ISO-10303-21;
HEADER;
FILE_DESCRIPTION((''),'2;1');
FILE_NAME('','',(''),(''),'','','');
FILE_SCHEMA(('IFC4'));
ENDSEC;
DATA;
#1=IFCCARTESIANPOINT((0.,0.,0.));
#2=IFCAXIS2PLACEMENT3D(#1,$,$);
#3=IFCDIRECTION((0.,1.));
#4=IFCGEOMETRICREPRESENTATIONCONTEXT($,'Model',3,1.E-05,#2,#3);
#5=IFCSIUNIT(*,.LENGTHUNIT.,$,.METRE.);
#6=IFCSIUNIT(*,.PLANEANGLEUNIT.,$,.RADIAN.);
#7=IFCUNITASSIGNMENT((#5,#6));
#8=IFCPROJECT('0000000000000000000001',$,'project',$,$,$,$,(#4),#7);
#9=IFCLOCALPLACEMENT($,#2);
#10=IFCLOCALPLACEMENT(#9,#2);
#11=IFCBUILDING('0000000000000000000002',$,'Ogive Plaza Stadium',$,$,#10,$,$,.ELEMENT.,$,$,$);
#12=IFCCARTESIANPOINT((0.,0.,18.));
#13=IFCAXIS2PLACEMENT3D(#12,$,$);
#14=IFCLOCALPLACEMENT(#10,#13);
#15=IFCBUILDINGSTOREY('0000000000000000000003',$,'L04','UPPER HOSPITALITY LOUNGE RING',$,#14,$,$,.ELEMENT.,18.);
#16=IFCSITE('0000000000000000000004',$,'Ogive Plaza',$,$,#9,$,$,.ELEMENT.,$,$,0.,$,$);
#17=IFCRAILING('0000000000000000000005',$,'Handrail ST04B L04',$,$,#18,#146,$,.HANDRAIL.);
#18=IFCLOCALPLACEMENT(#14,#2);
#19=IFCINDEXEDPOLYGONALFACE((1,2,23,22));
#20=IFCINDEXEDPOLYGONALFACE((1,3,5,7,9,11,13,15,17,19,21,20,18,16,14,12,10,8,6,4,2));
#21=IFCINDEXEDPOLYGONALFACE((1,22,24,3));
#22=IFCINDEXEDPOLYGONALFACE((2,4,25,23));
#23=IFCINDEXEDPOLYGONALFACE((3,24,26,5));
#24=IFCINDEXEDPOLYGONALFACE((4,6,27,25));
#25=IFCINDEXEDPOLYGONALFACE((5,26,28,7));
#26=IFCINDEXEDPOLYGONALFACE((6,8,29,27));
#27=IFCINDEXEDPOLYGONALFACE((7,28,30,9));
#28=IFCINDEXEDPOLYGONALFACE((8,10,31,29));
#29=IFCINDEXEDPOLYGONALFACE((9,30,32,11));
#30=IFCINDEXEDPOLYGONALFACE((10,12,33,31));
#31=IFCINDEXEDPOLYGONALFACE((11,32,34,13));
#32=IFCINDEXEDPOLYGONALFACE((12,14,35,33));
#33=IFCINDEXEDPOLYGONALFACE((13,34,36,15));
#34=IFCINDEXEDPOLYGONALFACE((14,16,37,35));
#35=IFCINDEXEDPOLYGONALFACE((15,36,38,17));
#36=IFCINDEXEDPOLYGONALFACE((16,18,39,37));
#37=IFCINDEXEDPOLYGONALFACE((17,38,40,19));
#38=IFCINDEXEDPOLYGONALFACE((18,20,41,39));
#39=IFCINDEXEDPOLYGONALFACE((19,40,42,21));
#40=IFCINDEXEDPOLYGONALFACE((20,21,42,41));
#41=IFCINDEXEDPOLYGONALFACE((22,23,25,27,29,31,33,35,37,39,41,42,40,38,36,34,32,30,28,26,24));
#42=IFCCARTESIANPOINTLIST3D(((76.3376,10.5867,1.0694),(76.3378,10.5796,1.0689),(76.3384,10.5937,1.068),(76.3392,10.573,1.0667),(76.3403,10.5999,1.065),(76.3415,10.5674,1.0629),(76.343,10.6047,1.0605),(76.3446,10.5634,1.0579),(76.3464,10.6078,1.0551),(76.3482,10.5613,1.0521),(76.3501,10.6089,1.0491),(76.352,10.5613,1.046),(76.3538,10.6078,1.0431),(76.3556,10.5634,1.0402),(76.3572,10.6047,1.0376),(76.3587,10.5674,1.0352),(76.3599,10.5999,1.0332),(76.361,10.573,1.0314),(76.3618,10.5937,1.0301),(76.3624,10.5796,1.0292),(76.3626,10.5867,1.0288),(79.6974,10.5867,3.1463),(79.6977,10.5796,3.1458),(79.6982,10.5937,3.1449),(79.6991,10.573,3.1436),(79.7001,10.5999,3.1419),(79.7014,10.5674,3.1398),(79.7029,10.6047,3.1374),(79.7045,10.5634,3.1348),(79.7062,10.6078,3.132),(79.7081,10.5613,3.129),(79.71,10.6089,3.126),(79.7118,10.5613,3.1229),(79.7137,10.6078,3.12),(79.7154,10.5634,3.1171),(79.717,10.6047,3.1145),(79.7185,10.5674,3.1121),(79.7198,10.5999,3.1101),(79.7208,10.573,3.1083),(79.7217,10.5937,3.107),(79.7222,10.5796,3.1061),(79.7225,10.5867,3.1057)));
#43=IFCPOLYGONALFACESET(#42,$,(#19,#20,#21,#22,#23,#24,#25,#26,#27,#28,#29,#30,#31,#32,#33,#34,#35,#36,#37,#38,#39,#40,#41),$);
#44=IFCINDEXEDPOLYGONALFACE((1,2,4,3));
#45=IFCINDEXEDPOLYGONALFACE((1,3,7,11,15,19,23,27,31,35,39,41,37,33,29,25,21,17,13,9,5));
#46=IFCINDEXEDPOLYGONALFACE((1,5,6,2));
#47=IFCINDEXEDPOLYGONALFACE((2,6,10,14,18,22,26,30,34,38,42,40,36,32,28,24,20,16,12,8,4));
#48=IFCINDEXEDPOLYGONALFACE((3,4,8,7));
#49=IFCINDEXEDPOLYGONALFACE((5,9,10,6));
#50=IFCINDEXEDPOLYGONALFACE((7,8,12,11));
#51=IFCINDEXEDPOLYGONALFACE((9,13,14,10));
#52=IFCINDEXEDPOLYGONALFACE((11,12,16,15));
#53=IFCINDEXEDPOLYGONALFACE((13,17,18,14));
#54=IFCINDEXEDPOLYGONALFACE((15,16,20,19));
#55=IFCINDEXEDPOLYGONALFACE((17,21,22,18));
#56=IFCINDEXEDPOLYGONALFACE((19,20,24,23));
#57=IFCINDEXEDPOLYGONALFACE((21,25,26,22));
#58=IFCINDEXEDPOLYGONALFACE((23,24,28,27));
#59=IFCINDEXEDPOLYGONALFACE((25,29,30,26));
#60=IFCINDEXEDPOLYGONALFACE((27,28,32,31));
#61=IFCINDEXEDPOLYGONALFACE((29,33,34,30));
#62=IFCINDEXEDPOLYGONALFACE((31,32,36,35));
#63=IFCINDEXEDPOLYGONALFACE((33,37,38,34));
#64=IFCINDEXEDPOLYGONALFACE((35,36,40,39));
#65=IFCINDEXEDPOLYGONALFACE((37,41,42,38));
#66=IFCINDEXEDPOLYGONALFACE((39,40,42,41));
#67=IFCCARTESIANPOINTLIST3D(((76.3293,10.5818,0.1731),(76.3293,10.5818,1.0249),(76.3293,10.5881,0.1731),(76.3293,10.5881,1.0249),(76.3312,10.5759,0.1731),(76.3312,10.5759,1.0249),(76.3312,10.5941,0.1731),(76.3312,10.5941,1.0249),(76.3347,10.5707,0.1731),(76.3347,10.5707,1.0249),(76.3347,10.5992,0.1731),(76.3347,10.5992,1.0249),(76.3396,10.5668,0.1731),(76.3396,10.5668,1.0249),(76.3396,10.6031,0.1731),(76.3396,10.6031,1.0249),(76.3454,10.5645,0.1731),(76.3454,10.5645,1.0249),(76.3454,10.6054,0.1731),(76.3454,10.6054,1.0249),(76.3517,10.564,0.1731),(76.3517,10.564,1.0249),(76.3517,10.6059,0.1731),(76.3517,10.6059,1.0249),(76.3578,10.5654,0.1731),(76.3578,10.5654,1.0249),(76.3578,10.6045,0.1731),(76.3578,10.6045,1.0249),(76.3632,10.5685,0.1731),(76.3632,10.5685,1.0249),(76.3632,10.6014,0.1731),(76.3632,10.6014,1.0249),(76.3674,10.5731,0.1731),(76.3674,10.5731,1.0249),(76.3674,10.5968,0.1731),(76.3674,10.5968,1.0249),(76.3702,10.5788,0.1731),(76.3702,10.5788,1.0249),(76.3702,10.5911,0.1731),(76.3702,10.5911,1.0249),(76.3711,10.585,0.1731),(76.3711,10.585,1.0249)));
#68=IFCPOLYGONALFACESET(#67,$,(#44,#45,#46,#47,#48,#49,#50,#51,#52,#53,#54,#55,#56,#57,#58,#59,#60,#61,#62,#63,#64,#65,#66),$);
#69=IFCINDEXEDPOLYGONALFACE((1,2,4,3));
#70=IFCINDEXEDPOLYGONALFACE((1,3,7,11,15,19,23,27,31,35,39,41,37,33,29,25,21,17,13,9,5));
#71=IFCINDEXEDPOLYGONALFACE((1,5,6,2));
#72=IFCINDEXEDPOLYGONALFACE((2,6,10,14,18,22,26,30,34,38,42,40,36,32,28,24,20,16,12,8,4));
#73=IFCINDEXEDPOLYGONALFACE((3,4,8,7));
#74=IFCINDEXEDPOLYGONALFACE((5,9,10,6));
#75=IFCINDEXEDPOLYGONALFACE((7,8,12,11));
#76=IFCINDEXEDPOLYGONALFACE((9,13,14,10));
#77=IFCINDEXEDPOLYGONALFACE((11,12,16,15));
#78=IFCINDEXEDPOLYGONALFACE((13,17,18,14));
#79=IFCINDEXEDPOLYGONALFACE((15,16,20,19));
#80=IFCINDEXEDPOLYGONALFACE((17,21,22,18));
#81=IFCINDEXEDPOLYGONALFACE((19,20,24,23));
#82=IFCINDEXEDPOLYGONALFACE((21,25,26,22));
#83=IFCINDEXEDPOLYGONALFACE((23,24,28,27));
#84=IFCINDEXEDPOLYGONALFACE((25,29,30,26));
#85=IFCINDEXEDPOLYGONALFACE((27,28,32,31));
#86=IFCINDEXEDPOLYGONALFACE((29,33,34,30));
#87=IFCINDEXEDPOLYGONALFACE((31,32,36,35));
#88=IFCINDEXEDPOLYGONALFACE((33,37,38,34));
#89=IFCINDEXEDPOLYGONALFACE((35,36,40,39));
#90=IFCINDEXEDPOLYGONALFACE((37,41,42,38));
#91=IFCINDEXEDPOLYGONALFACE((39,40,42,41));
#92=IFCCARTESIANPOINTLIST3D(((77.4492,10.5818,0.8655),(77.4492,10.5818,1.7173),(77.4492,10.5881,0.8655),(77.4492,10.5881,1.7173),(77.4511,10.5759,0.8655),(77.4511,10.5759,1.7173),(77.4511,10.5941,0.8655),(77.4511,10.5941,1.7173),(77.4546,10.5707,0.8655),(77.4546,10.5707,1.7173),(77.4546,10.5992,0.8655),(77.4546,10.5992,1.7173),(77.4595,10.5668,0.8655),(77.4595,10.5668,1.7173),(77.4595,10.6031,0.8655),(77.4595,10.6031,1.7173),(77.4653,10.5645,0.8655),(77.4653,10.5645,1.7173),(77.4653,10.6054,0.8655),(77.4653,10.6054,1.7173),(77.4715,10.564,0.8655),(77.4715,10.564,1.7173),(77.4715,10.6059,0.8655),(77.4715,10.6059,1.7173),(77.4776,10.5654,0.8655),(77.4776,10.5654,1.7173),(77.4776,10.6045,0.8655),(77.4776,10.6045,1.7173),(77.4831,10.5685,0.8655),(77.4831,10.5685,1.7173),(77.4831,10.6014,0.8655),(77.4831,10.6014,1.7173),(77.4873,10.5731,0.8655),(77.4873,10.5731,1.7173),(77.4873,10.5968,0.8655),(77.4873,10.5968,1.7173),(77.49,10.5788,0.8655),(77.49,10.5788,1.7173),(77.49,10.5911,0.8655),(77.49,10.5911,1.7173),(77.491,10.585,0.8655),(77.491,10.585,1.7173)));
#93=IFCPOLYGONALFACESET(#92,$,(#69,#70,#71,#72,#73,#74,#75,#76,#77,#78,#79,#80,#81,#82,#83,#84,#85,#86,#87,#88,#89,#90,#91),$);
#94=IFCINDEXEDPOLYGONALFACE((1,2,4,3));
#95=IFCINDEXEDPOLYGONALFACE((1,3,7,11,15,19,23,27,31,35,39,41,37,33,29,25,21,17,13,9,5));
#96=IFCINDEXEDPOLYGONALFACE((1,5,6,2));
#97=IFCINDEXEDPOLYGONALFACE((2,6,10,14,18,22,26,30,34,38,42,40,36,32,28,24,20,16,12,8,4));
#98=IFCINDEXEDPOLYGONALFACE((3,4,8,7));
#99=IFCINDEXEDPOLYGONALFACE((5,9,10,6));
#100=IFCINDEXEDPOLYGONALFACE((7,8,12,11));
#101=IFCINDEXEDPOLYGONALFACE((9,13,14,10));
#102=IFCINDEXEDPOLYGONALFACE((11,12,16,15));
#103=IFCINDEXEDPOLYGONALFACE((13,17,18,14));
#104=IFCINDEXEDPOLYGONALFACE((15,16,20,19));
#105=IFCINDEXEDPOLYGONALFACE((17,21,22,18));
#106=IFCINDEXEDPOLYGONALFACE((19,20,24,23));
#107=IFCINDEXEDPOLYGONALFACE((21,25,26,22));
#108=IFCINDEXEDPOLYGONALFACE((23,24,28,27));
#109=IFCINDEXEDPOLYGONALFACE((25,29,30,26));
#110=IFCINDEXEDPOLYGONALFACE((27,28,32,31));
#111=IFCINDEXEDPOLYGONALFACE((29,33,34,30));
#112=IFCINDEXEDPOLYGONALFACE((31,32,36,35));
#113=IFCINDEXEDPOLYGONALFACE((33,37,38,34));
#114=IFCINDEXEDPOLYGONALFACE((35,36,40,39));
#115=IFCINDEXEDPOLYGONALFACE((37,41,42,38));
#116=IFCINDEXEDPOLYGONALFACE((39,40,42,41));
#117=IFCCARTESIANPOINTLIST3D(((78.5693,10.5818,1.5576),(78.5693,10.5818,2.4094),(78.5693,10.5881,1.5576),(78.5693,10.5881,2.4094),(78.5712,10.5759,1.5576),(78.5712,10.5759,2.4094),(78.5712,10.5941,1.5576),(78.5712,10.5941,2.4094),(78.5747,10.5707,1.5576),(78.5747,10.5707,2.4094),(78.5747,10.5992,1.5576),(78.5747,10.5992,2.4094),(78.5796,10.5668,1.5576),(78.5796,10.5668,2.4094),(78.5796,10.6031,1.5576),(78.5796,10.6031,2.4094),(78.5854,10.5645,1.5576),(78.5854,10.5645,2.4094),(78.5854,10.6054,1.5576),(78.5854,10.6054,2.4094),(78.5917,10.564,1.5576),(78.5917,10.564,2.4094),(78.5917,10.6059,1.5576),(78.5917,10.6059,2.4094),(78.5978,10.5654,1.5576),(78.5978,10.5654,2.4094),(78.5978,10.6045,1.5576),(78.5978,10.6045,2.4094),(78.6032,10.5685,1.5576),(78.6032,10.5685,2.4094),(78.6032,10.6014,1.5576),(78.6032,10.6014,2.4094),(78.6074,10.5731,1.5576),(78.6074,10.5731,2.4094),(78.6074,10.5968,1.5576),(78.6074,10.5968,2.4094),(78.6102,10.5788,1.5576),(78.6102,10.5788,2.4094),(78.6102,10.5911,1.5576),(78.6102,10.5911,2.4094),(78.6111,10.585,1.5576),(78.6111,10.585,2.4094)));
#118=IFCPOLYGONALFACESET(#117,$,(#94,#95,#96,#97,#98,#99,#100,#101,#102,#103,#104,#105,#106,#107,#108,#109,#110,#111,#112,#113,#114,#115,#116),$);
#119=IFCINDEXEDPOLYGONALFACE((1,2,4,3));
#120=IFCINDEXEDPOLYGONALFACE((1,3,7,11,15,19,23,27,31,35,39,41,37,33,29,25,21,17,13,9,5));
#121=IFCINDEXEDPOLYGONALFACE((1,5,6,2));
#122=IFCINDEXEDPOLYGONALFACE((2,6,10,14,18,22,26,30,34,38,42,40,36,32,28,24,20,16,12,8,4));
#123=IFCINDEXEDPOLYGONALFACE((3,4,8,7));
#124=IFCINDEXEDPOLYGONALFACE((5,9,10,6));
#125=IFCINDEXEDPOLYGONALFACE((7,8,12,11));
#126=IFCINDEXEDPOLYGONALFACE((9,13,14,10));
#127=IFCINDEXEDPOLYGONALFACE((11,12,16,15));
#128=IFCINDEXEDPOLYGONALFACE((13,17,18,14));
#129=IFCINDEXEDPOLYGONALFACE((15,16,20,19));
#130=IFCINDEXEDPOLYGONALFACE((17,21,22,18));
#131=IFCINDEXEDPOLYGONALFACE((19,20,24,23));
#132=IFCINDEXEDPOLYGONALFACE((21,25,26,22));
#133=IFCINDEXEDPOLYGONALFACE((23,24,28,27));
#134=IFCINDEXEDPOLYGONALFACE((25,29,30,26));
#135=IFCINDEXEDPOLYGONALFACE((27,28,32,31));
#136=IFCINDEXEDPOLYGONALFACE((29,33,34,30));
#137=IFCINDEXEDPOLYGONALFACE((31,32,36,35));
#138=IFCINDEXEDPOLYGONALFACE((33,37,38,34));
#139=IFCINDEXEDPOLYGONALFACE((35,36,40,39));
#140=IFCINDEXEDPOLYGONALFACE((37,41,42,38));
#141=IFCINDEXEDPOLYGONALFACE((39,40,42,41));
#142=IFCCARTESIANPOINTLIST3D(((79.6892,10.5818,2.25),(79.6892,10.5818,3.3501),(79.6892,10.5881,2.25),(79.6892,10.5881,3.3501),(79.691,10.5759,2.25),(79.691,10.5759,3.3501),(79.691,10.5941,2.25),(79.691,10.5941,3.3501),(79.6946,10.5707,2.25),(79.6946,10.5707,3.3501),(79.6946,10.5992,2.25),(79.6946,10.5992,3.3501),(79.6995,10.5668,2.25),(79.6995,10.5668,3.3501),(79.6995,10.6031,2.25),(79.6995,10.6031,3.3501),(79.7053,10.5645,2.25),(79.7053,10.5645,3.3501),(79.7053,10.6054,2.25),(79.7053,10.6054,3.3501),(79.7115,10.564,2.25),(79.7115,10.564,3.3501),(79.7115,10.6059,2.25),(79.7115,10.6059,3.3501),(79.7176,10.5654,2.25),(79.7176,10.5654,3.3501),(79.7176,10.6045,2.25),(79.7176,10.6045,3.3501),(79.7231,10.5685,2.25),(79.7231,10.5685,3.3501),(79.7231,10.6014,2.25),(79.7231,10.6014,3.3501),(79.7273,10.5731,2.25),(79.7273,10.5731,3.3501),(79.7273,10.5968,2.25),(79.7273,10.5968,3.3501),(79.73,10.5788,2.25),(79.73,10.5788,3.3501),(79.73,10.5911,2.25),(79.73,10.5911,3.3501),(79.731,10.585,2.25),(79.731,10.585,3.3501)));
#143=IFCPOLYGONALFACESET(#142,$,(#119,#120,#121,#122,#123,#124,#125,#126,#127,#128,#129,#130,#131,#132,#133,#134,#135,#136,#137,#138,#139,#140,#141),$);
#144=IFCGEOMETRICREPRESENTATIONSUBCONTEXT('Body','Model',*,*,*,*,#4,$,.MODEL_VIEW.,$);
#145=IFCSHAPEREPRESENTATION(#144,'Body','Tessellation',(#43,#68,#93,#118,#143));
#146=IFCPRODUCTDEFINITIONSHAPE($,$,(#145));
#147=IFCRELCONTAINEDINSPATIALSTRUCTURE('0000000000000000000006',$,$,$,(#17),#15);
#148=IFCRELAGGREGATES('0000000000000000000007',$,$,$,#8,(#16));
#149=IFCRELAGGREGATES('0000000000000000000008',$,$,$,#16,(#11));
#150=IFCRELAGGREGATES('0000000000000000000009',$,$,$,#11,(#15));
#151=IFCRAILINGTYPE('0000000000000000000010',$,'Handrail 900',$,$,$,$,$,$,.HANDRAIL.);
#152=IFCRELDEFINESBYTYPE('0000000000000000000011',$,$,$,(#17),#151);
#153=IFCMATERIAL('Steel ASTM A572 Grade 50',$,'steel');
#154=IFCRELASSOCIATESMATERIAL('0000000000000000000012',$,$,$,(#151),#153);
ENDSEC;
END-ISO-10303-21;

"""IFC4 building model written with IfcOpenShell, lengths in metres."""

from ifc_helpers import new_model, si_unit, direction, frame, origin, origin_2d, place, context, subcontext, project, spatial, circle, extrude, material, type_object, element, save


model = new_model("IFC4")

# Units and contexts
model_context = context("Model", 3, precision=1e-05, world=origin(), true_north=direction((0.0, 1.0)))
body_context = subcontext(model_context, "Body", "Model", "MODEL_VIEW")
ifc_project = project(units=[si_unit("LENGTHUNIT", "METRE"), si_unit("PLANEANGLEUNIT", "RADIAN")], contexts=[model_context])

# Site, building, storey
site_placement = place(None, origin())
site = spatial("IfcSite", under=ifc_project, at=site_placement, Name="Ogive Plaza", CompositionType="ELEMENT", RefElevation=0.0)
building_placement = place(site_placement, origin())
building = spatial("IfcBuilding", under=site, at=building_placement, Name="Ogive Plaza Stadium", CompositionType="ELEMENT")
storey_placement = place(building_placement, frame((0.0, 0.0, 18.0)))
storey = spatial("IfcBuildingStorey", under=building, at=storey_placement, Name="L04", Description="UPPER HOSPITALITY LOUNGE RING", CompositionType="ELEMENT", Elevation=18.0)

# Railing
ifc_material_1 = material(Name="Steel ASTM A572 Grade 50", Category="steel")
railing_type_1 = type_object("IfcRailingType", Name="Handrail 900", PredefinedType="HANDRAIL", material=ifc_material_1)
for number, where, name in (
    (1, (76.3501, 10.585, 0.1731), "Handrail ST04B L04"),
):
    element("IfcRailing", number, at=place(storey_placement, frame(where)), inside=storey, type_object=railing_type_1, Name=name, PredefinedType="HANDRAIL", context=body_context, shape_type="SweptSolid", body=[
        extrude(circle(Radius=0.0239, at=origin_2d()), frame((0.0, 0.0, 0.876), z_axis=(0.850606, 0.0, 0.525803), x_axis=(0.0, 1.0, 0.0)), (0.0, 0.0, 1.0), 3.95),
        extrude(circle(Radius=0.021, at=origin_2d()), origin(), (0.0, 0.0, 1.0), 0.8518),
        extrude(circle(Radius=0.021, at=origin_2d()), frame((1.1199, 0.0, 0.6924)), (0.0, 0.0, 1.0), 0.8518),
        extrude(circle(Radius=0.021, at=origin_2d()), frame((2.24, 0.0, 1.3845)), (0.0, 0.0, 1.0), 0.8518),
        extrude(circle(Radius=0.021, at=origin_2d()), frame((3.3599, 0.0, 2.0769)), (0.0, 0.0, 1.0), 1.1001),
    ])

save(model, "model.ifc")
